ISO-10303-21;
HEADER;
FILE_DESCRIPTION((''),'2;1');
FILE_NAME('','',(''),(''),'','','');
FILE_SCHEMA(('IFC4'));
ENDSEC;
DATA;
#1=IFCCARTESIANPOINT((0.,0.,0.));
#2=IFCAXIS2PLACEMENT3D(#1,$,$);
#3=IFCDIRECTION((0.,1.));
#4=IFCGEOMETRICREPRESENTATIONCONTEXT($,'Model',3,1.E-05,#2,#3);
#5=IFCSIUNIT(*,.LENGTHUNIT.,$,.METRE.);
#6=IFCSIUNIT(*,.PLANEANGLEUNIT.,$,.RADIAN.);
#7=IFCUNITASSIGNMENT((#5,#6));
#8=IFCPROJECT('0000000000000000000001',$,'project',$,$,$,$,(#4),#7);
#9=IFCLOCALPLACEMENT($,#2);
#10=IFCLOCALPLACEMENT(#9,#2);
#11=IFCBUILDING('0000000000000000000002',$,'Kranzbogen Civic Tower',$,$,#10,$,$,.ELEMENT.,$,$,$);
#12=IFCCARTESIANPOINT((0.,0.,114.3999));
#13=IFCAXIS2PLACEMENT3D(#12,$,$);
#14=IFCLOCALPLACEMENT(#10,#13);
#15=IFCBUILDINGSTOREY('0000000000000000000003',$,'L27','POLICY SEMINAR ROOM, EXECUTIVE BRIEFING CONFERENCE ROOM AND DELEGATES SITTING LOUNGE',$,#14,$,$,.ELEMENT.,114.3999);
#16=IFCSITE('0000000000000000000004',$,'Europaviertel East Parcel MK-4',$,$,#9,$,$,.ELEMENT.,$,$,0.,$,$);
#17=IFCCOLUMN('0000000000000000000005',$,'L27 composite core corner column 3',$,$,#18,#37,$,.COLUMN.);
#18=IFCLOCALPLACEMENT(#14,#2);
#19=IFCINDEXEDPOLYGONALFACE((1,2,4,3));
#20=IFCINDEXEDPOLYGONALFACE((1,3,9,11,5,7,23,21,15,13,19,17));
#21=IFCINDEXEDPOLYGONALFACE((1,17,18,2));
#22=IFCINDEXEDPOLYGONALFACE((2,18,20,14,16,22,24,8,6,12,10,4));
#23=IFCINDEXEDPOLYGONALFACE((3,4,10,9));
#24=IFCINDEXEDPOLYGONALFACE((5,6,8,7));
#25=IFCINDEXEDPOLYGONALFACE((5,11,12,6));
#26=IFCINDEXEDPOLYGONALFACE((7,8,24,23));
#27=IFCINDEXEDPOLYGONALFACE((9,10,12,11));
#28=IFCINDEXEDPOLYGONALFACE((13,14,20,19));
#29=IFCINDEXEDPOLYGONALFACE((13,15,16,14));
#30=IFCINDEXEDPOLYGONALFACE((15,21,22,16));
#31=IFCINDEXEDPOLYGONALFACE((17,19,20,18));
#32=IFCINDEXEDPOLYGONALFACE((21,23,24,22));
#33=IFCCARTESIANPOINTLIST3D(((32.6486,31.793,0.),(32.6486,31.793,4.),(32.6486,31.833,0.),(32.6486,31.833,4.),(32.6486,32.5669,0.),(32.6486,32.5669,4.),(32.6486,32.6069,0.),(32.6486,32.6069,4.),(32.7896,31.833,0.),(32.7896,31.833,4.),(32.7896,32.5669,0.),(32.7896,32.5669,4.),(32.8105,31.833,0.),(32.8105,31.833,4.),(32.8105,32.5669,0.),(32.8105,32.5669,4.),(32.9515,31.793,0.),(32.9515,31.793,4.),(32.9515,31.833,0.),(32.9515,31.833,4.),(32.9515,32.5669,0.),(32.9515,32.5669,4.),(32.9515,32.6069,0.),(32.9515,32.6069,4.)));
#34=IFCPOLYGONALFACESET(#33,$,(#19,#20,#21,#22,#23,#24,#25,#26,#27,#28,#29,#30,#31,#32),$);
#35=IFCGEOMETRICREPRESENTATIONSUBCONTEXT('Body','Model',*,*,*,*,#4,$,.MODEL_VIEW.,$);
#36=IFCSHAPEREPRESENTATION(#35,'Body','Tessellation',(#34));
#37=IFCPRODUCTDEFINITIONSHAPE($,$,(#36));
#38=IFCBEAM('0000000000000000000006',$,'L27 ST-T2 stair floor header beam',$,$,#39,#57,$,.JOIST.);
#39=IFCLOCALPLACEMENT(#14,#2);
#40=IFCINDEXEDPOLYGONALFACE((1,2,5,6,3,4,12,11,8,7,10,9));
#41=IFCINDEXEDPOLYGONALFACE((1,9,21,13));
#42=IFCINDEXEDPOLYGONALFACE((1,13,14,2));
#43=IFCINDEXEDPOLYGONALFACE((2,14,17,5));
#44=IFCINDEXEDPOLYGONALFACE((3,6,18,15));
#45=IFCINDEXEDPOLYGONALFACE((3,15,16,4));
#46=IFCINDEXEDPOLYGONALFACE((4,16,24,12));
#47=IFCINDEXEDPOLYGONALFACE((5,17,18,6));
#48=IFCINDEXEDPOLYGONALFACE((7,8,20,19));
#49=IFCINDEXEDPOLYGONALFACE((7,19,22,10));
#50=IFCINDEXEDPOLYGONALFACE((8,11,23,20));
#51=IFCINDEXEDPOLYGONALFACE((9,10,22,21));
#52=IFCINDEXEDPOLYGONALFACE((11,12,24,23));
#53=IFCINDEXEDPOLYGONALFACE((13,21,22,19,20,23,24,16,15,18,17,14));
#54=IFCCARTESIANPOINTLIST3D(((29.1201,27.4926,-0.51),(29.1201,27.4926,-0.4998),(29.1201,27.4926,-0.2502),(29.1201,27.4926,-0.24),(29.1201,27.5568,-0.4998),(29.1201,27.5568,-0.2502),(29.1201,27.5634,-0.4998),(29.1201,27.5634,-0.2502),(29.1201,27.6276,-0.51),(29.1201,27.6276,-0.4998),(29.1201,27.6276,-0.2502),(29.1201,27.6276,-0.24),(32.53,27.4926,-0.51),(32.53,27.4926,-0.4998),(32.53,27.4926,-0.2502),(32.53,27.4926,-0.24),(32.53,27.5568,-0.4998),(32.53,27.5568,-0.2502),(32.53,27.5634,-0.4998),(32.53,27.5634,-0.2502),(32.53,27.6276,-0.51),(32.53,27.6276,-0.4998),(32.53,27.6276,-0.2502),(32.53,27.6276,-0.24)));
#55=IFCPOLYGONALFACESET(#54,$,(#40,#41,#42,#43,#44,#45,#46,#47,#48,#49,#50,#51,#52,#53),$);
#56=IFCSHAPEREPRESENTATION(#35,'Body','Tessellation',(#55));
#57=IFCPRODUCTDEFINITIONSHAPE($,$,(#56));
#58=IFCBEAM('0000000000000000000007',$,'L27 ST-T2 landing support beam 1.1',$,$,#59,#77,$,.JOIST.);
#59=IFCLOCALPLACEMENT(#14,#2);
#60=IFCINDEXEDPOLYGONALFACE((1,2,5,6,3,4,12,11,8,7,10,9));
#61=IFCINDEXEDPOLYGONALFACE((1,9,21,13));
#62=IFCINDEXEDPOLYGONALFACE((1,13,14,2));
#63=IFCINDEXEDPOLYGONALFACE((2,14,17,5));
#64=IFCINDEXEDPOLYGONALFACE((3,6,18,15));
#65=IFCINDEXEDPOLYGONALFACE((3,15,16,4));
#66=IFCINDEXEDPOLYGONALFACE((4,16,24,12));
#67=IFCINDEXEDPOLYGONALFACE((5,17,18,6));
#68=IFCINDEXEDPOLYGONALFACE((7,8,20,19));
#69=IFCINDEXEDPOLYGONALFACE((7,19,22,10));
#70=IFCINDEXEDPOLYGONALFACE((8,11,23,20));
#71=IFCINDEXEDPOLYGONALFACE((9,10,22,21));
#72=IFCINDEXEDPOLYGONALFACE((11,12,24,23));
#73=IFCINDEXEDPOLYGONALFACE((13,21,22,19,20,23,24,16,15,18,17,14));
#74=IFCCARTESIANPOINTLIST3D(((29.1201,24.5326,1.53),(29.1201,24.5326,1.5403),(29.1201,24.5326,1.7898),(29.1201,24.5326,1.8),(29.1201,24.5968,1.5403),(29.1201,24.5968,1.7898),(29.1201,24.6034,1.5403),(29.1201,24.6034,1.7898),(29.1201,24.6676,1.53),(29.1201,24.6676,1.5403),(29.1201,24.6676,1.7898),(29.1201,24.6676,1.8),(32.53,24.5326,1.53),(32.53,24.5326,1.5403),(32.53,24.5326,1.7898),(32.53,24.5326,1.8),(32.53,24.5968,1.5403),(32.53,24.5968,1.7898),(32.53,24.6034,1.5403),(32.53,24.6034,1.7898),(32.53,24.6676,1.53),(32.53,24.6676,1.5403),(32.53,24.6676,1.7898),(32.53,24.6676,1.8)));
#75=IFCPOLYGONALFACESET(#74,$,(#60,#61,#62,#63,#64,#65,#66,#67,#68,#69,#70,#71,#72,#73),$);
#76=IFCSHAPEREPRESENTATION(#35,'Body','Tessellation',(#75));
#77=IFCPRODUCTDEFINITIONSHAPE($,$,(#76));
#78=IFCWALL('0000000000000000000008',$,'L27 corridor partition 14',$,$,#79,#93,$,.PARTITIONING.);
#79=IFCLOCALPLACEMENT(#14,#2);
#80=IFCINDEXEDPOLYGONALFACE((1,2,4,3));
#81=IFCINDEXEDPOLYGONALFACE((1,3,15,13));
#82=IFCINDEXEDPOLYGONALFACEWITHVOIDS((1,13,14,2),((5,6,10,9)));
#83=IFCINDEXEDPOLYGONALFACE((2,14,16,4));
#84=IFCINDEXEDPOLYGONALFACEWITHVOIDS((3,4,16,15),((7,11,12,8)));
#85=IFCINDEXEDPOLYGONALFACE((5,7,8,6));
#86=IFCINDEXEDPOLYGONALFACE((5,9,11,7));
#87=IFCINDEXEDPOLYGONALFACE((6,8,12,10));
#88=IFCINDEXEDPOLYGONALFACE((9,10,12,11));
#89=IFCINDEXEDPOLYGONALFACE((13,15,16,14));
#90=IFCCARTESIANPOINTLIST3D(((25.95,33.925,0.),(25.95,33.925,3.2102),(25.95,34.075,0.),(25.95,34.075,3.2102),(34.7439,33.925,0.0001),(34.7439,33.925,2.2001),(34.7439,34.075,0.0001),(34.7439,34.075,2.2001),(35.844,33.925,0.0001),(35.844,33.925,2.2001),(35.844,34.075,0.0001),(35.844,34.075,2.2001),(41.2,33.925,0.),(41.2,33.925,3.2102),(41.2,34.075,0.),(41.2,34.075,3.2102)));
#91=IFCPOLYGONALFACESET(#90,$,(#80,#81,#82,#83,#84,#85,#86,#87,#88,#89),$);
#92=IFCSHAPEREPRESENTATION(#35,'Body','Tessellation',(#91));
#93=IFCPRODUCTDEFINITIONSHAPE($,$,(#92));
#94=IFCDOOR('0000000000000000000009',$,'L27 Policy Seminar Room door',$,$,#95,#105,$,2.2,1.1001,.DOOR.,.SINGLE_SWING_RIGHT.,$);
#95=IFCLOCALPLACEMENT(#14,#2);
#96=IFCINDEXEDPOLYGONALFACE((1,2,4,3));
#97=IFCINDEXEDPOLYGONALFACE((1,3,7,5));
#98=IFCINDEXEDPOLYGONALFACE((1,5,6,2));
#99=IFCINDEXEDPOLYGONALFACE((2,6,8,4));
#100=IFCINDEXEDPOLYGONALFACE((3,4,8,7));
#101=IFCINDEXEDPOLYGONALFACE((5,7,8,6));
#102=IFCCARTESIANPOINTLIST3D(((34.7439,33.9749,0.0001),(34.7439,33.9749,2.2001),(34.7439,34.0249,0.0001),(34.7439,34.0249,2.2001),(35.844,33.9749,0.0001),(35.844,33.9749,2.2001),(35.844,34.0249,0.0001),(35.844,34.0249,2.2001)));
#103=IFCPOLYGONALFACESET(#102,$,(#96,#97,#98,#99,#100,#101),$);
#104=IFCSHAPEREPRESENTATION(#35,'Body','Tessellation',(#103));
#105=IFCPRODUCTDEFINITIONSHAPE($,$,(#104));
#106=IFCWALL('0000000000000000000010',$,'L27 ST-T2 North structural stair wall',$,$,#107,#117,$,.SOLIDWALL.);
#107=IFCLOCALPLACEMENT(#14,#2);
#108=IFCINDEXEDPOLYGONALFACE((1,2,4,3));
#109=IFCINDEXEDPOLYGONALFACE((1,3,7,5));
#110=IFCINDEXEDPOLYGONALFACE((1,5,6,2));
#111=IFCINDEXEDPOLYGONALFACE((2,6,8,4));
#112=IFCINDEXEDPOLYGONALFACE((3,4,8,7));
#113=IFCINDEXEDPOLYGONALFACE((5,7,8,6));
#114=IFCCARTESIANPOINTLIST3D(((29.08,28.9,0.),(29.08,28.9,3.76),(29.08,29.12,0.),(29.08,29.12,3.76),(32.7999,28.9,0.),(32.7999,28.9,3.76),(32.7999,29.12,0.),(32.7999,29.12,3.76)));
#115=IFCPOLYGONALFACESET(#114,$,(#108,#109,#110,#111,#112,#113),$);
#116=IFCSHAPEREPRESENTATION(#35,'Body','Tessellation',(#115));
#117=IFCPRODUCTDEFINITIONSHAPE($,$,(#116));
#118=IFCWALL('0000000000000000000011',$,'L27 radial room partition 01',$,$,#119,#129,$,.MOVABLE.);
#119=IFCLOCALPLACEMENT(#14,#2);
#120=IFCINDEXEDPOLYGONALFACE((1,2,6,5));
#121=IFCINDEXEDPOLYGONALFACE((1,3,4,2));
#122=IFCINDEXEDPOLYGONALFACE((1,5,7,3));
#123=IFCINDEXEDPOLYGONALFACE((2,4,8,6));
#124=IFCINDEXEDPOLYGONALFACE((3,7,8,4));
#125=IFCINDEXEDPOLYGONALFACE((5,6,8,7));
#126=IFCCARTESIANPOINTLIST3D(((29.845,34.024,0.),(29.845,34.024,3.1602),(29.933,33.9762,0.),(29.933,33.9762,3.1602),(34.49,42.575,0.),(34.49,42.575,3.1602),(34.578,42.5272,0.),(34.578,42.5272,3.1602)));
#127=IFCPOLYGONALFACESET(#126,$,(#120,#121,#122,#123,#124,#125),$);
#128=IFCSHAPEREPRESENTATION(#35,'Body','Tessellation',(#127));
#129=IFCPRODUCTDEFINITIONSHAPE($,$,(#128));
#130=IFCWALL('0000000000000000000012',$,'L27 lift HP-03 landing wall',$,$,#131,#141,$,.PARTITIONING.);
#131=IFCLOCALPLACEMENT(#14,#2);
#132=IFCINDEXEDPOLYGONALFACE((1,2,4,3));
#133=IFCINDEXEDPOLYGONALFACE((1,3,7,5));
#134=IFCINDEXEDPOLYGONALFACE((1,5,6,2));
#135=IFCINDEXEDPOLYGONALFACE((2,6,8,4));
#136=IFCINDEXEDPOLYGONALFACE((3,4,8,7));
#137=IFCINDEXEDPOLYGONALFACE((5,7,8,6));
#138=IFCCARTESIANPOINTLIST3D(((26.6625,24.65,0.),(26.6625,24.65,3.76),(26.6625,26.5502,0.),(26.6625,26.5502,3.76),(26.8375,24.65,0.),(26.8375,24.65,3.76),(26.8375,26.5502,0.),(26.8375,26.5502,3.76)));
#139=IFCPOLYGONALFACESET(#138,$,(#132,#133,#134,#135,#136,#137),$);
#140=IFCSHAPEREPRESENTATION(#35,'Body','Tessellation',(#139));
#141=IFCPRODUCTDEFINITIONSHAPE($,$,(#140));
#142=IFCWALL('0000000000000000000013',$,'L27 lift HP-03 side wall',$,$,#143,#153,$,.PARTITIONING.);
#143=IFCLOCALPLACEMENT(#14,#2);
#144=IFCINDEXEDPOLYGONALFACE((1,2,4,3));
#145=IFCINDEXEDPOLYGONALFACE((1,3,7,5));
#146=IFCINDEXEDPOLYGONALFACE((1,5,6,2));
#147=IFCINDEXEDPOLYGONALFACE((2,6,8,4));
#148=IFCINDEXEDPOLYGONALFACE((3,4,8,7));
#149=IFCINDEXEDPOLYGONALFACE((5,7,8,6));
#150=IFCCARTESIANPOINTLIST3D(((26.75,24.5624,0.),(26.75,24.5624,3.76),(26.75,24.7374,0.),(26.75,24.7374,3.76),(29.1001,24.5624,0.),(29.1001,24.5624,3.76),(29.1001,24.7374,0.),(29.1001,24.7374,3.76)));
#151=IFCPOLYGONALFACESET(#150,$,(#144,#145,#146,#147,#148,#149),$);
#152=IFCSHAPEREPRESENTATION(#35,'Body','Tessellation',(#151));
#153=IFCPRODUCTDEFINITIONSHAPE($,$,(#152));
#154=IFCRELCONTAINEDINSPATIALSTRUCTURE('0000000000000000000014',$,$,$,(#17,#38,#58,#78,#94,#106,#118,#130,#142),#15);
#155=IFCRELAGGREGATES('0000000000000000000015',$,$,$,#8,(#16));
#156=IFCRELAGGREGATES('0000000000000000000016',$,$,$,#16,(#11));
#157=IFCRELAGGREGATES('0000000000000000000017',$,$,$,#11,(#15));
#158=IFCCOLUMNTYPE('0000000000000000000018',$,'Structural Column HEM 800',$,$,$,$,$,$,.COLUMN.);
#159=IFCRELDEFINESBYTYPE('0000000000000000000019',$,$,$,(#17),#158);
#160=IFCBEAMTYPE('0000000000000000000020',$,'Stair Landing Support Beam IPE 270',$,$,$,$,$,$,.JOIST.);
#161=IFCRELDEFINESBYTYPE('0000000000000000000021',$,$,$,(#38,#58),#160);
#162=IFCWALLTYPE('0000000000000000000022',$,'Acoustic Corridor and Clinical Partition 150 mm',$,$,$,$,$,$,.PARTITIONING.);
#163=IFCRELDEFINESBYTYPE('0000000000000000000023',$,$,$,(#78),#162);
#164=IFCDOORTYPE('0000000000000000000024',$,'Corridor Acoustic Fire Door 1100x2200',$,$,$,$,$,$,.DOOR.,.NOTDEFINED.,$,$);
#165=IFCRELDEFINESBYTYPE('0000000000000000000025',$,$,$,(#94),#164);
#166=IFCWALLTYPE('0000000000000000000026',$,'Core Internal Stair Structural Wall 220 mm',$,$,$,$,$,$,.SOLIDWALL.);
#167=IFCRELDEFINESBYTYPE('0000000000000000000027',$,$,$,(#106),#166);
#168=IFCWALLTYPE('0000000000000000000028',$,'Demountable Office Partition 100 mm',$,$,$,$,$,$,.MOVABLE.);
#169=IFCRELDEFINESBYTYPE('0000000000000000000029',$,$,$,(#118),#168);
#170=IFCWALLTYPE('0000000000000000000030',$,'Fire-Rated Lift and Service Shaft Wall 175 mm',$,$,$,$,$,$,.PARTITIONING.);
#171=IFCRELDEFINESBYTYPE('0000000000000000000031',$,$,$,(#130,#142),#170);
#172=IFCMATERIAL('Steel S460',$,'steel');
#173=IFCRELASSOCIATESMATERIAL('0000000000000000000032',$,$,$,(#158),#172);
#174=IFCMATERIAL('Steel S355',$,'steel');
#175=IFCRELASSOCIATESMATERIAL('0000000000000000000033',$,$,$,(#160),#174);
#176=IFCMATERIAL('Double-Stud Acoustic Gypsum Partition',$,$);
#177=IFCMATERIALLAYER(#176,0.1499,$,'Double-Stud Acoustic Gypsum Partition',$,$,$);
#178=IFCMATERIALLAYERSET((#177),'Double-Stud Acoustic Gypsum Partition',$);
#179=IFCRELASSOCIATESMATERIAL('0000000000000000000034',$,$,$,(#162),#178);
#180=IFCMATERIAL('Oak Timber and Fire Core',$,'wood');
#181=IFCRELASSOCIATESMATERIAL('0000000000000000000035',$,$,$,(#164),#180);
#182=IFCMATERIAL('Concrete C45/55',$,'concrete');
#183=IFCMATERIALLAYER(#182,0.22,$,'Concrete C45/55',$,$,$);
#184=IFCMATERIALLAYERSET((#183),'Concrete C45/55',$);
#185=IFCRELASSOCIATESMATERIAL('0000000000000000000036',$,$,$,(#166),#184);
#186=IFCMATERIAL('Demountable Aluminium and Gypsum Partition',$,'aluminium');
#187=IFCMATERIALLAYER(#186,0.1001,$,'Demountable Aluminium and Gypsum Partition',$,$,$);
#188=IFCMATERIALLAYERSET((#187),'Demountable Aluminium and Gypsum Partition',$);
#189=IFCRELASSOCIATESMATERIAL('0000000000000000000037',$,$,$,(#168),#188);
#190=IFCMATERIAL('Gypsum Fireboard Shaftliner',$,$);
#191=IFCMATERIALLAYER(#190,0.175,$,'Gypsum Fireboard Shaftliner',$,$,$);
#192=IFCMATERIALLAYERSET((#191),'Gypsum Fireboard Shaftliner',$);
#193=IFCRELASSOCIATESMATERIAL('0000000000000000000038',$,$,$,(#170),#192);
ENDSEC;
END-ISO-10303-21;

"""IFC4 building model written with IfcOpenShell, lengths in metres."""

from ifc_helpers import new_model, si_unit, direction, frame, frame_2d, origin, origin_2d, place, context, subcontext, project, spatial, rectangle, i_section, extrude, material, layer, layer_set, material_profile, profile_set, type_object, element, fill, save


model = new_model("IFC4")

# Units and contexts
model_context = context("Model", 3, precision=1e-05, world=origin(), true_north=direction((0.0, 1.0)))
body_context = subcontext(model_context, "Body", "Model", "MODEL_VIEW")
ifc_project = project(units=[si_unit("LENGTHUNIT", "METRE"), si_unit("PLANEANGLEUNIT", "RADIAN")], contexts=[model_context])

# Site, building, storey
site_placement = place(None, origin())
site = spatial("IfcSite", under=ifc_project, at=site_placement, Name="Europaviertel East Parcel MK-4", CompositionType="ELEMENT", RefElevation=0.0)
building_placement = place(site_placement, origin())
building = spatial("IfcBuilding", under=site, at=building_placement, Name="Kranzbogen Civic Tower", CompositionType="ELEMENT")
storey_placement = place(building_placement, frame((0.0, 0.0, 114.3999)))
storey = spatial("IfcBuildingStorey", under=building, at=storey_placement, Name="L27", Description="POLICY SEMINAR ROOM, EXECUTIVE BRIEFING CONFERENCE ROOM AND DELEGATES SITTING LOUNGE", CompositionType="ELEMENT", Elevation=114.3999)

# Column
ifc_material_1 = material(Name="Steel S460", Category="steel")
ifc_material_profile_1 = material_profile(ifc_material_1, i_section(OverallWidth=0.303, OverallDepth=0.814, WebThickness=0.021, FlangeThickness=0.04, at=origin_2d()), Name="HEM 800")
ifc_profile_set_1 = profile_set([ifc_material_profile_1], Name="Steel S460")
column_type = type_object("IfcColumnType", Name="Structural Column HEM 800", PredefinedType="COLUMN", material=ifc_profile_set_1)
column_placement = place(storey_placement, frame((32.8, 32.2, 0.0), z_axis=(0.0, 0.0, 1.0), x_axis=(1.0, 0.0, 0.0)))
element("IfcColumn", 1, at=column_placement, inside=storey, type_object=column_type, Name="L27 composite core corner column 3", PredefinedType="COLUMN", context=body_context, shape_type="SweptSolid", body=[
    extrude(i_section(OverallWidth=0.303, OverallDepth=0.814, WebThickness=0.021, FlangeThickness=0.04, at=origin_2d()), origin(), (0.0, 0.0, 1.0), 4.0),
])

# Beams
ifc_material_2 = material(Name="Steel S355", Category="steel")
ifc_material_profile_2 = material_profile(ifc_material_2, i_section(OverallWidth=0.135, OverallDepth=0.27, WebThickness=0.0066, FlangeThickness=0.0103, at=origin_2d()), Name="IPE 270")
ifc_profile_set_2 = profile_set([ifc_material_profile_2], Name="Steel S355")
beam_type = type_object("IfcBeamType", Name="Stair Landing Support Beam IPE 270", PredefinedType="JOIST", material=ifc_profile_set_2)
for number, where, z_axis, x_axis, name in (
    (2, (29.1201, 27.5601, -0.375), (1.0, 0.0, 0.0), (0.0, 1.0, 0.0), "L27 ST-T2 stair floor header beam"),
    (3, (29.1201, 24.6001, 1.665), (1.0, 0.0, 0.0), (0.0, 1.0, 0.0), "L27 ST-T2 landing support beam 1.1"),
):
    element("IfcBeam", number, at=place(storey_placement, frame(where, z_axis=z_axis, x_axis=x_axis)), inside=storey, type_object=beam_type, Name=name, PredefinedType="JOIST", context=body_context, shape_type="SweptSolid", body=[
        extrude(i_section(OverallWidth=0.135, OverallDepth=0.27, WebThickness=0.0066, FlangeThickness=0.0103, at=origin_2d()), origin(), (0.0, 0.0, 1.0), 3.4099),
    ])

# Wall, opening, door
ifc_material_3 = material(Name="Double-Stud Acoustic Gypsum Partition")
ifc_layer_1 = layer(ifc_material_3, 0.1499, Name="Double-Stud Acoustic Gypsum Partition")
ifc_layer_set_1 = layer_set([ifc_layer_1], Name="Double-Stud Acoustic Gypsum Partition")
wall_type_1 = type_object("IfcWallType", Name="Acoustic Corridor and Clinical Partition 150 mm", PredefinedType="PARTITIONING", material=ifc_layer_set_1)
wall_1_placement = place(storey_placement, frame((25.95, 34.0, 0.0), z_axis=(0.0, 0.0, 1.0), x_axis=(1.0, 0.0, 0.0)))
wall_1 = element("IfcWall", 4, at=wall_1_placement, inside=storey, type_object=wall_type_1, Name="L27 corridor partition 14", PredefinedType="PARTITIONING", context=body_context, shape_type="SweptSolid", body=[
    extrude(rectangle(XDim=15.25, YDim=0.1499, at=frame_2d((7.625, 0.0))), origin(), (0.0, 0.0, 1.0), 3.2102),
])
opening_1_placement = place(wall_1_placement, frame((8.7939, 0.0, 0.0)))
opening_1 = element("IfcOpeningElement", 5, at=opening_1_placement, cuts=wall_1, PredefinedType="OPENING", context=body_context, shape_type="SweptSolid", body=[
    extrude(rectangle(XDim=1.1001, YDim=2.2, at=frame_2d((0.55, 1.1001))), frame((0.0, 0.085, 0.0), z_axis=(0.0, -1.0, 0.0), x_axis=(1.0, 0.0, 0.0)), (0.0, 0.0, 1.0), 0.1699),
])
ifc_material_4 = material(Name="Oak Timber and Fire Core", Category="wood")
door_type_1 = type_object("IfcDoorType", Name="Corridor Acoustic Fire Door 1100x2200", OperationType="NOTDEFINED", PredefinedType="DOOR", material=ifc_material_4)
door_1_placement = place(opening_1_placement, origin())
door_1 = element("IfcDoor", 6, at=door_1_placement, inside=storey, type_object=door_type_1, Name="L27 Policy Seminar Room door", OperationType="SINGLE_SWING_RIGHT", OverallHeight=2.2, OverallWidth=1.1001, PredefinedType="DOOR", context=body_context, shape_type="SweptSolid", body=[
    extrude(rectangle(XDim=1.1001, YDim=2.2, at=frame_2d((0.55, 1.1001))), frame((0.0, 0.0249, 0.0), z_axis=(0.0, -1.0, 0.0), x_axis=(1.0, 0.0, 0.0)), (0.0, 0.0, 1.0), 0.05),
])
fill(opening_1, door_1)

# Walls
ifc_material_5 = material(Name="Concrete C45/55", Category="concrete")
ifc_layer_2 = layer(ifc_material_5, 0.22, Name="Concrete C45/55")
ifc_layer_set_2 = layer_set([ifc_layer_2], Name="Concrete C45/55")
wall_type_2 = type_object("IfcWallType", Name="Core Internal Stair Structural Wall 220 mm", PredefinedType="SOLIDWALL", material=ifc_layer_set_2)
wall_2_placement = place(storey_placement, frame((29.0801, 29.01, 0.0), z_axis=(0.0, 0.0, 1.0), x_axis=(1.0, 0.0, 0.0)))
element("IfcWall", 7, at=wall_2_placement, inside=storey, type_object=wall_type_2, Name="L27 ST-T2 North structural stair wall", PredefinedType="SOLIDWALL", context=body_context, shape_type="SweptSolid", body=[
    extrude(rectangle(XDim=3.72, YDim=0.22, at=frame_2d((1.8599, 0.0))), origin(), (0.0, 0.0, 1.0), 3.76),
])
ifc_material_6 = material(Name="Demountable Aluminium and Gypsum Partition", Category="aluminium")
ifc_layer_3 = layer(ifc_material_6, 0.1001, Name="Demountable Aluminium and Gypsum Partition")
ifc_layer_set_3 = layer_set([ifc_layer_3], Name="Demountable Aluminium and Gypsum Partition")
wall_type_3 = type_object("IfcWallType", Name="Demountable Office Partition 100 mm", PredefinedType="MOVABLE", material=ifc_layer_set_3)
wall_3_placement = place(storey_placement, frame((29.8889, 34.0, 0.0), z_axis=(0.0, 0.0, 1.0), x_axis=(0.477333, 0.878723, 0.0)))
element("IfcWall", 8, at=wall_3_placement, inside=storey, type_object=wall_type_3, Name="L27 radial room partition 01", PredefinedType="MOVABLE", context=body_context, shape_type="SweptSolid", body=[
    extrude(rectangle(XDim=9.7312, YDim=0.1001, at=frame_2d((4.8657, 0.0))), origin(), (0.0, 0.0, 1.0), 3.1602),
])
ifc_material_7 = material(Name="Gypsum Fireboard Shaftliner")
ifc_layer_4 = layer(ifc_material_7, 0.175, Name="Gypsum Fireboard Shaftliner")
ifc_layer_set_4 = layer_set([ifc_layer_4], Name="Gypsum Fireboard Shaftliner")
wall_type_4 = type_object("IfcWallType", Name="Fire-Rated Lift and Service Shaft Wall 175 mm", PredefinedType="PARTITIONING", material=ifc_layer_set_4)
wall_4_placement = place(storey_placement, frame((26.75, 24.6499, 0.0), z_axis=(0.0, 0.0, 1.0), x_axis=(0.0, 1.0, 0.0)))
element("IfcWall", 9, at=wall_4_placement, inside=storey, type_object=wall_type_4, Name="L27 lift HP-03 landing wall", PredefinedType="PARTITIONING", context=body_context, shape_type="SweptSolid", body=[
    extrude(rectangle(XDim=1.9001, YDim=0.175, at=frame_2d((0.9502, 0.0))), origin(), (0.0, 0.0, 1.0), 3.76),
])
wall_5_placement = place(storey_placement, frame((26.75, 24.6499, 0.0), z_axis=(0.0, 0.0, 1.0), x_axis=(1.0, 0.0, 0.0)))
element("IfcWall", 10, at=wall_5_placement, inside=storey, type_object=wall_type_4, Name="L27 lift HP-03 side wall", PredefinedType="PARTITIONING", context=body_context, shape_type="SweptSolid", body=[
    extrude(rectangle(XDim=2.3501, YDim=0.175, at=frame_2d((1.175, 0.0))), origin(), (0.0, 0.0, 1.0), 3.76),
])

save(model, "model.ifc")
